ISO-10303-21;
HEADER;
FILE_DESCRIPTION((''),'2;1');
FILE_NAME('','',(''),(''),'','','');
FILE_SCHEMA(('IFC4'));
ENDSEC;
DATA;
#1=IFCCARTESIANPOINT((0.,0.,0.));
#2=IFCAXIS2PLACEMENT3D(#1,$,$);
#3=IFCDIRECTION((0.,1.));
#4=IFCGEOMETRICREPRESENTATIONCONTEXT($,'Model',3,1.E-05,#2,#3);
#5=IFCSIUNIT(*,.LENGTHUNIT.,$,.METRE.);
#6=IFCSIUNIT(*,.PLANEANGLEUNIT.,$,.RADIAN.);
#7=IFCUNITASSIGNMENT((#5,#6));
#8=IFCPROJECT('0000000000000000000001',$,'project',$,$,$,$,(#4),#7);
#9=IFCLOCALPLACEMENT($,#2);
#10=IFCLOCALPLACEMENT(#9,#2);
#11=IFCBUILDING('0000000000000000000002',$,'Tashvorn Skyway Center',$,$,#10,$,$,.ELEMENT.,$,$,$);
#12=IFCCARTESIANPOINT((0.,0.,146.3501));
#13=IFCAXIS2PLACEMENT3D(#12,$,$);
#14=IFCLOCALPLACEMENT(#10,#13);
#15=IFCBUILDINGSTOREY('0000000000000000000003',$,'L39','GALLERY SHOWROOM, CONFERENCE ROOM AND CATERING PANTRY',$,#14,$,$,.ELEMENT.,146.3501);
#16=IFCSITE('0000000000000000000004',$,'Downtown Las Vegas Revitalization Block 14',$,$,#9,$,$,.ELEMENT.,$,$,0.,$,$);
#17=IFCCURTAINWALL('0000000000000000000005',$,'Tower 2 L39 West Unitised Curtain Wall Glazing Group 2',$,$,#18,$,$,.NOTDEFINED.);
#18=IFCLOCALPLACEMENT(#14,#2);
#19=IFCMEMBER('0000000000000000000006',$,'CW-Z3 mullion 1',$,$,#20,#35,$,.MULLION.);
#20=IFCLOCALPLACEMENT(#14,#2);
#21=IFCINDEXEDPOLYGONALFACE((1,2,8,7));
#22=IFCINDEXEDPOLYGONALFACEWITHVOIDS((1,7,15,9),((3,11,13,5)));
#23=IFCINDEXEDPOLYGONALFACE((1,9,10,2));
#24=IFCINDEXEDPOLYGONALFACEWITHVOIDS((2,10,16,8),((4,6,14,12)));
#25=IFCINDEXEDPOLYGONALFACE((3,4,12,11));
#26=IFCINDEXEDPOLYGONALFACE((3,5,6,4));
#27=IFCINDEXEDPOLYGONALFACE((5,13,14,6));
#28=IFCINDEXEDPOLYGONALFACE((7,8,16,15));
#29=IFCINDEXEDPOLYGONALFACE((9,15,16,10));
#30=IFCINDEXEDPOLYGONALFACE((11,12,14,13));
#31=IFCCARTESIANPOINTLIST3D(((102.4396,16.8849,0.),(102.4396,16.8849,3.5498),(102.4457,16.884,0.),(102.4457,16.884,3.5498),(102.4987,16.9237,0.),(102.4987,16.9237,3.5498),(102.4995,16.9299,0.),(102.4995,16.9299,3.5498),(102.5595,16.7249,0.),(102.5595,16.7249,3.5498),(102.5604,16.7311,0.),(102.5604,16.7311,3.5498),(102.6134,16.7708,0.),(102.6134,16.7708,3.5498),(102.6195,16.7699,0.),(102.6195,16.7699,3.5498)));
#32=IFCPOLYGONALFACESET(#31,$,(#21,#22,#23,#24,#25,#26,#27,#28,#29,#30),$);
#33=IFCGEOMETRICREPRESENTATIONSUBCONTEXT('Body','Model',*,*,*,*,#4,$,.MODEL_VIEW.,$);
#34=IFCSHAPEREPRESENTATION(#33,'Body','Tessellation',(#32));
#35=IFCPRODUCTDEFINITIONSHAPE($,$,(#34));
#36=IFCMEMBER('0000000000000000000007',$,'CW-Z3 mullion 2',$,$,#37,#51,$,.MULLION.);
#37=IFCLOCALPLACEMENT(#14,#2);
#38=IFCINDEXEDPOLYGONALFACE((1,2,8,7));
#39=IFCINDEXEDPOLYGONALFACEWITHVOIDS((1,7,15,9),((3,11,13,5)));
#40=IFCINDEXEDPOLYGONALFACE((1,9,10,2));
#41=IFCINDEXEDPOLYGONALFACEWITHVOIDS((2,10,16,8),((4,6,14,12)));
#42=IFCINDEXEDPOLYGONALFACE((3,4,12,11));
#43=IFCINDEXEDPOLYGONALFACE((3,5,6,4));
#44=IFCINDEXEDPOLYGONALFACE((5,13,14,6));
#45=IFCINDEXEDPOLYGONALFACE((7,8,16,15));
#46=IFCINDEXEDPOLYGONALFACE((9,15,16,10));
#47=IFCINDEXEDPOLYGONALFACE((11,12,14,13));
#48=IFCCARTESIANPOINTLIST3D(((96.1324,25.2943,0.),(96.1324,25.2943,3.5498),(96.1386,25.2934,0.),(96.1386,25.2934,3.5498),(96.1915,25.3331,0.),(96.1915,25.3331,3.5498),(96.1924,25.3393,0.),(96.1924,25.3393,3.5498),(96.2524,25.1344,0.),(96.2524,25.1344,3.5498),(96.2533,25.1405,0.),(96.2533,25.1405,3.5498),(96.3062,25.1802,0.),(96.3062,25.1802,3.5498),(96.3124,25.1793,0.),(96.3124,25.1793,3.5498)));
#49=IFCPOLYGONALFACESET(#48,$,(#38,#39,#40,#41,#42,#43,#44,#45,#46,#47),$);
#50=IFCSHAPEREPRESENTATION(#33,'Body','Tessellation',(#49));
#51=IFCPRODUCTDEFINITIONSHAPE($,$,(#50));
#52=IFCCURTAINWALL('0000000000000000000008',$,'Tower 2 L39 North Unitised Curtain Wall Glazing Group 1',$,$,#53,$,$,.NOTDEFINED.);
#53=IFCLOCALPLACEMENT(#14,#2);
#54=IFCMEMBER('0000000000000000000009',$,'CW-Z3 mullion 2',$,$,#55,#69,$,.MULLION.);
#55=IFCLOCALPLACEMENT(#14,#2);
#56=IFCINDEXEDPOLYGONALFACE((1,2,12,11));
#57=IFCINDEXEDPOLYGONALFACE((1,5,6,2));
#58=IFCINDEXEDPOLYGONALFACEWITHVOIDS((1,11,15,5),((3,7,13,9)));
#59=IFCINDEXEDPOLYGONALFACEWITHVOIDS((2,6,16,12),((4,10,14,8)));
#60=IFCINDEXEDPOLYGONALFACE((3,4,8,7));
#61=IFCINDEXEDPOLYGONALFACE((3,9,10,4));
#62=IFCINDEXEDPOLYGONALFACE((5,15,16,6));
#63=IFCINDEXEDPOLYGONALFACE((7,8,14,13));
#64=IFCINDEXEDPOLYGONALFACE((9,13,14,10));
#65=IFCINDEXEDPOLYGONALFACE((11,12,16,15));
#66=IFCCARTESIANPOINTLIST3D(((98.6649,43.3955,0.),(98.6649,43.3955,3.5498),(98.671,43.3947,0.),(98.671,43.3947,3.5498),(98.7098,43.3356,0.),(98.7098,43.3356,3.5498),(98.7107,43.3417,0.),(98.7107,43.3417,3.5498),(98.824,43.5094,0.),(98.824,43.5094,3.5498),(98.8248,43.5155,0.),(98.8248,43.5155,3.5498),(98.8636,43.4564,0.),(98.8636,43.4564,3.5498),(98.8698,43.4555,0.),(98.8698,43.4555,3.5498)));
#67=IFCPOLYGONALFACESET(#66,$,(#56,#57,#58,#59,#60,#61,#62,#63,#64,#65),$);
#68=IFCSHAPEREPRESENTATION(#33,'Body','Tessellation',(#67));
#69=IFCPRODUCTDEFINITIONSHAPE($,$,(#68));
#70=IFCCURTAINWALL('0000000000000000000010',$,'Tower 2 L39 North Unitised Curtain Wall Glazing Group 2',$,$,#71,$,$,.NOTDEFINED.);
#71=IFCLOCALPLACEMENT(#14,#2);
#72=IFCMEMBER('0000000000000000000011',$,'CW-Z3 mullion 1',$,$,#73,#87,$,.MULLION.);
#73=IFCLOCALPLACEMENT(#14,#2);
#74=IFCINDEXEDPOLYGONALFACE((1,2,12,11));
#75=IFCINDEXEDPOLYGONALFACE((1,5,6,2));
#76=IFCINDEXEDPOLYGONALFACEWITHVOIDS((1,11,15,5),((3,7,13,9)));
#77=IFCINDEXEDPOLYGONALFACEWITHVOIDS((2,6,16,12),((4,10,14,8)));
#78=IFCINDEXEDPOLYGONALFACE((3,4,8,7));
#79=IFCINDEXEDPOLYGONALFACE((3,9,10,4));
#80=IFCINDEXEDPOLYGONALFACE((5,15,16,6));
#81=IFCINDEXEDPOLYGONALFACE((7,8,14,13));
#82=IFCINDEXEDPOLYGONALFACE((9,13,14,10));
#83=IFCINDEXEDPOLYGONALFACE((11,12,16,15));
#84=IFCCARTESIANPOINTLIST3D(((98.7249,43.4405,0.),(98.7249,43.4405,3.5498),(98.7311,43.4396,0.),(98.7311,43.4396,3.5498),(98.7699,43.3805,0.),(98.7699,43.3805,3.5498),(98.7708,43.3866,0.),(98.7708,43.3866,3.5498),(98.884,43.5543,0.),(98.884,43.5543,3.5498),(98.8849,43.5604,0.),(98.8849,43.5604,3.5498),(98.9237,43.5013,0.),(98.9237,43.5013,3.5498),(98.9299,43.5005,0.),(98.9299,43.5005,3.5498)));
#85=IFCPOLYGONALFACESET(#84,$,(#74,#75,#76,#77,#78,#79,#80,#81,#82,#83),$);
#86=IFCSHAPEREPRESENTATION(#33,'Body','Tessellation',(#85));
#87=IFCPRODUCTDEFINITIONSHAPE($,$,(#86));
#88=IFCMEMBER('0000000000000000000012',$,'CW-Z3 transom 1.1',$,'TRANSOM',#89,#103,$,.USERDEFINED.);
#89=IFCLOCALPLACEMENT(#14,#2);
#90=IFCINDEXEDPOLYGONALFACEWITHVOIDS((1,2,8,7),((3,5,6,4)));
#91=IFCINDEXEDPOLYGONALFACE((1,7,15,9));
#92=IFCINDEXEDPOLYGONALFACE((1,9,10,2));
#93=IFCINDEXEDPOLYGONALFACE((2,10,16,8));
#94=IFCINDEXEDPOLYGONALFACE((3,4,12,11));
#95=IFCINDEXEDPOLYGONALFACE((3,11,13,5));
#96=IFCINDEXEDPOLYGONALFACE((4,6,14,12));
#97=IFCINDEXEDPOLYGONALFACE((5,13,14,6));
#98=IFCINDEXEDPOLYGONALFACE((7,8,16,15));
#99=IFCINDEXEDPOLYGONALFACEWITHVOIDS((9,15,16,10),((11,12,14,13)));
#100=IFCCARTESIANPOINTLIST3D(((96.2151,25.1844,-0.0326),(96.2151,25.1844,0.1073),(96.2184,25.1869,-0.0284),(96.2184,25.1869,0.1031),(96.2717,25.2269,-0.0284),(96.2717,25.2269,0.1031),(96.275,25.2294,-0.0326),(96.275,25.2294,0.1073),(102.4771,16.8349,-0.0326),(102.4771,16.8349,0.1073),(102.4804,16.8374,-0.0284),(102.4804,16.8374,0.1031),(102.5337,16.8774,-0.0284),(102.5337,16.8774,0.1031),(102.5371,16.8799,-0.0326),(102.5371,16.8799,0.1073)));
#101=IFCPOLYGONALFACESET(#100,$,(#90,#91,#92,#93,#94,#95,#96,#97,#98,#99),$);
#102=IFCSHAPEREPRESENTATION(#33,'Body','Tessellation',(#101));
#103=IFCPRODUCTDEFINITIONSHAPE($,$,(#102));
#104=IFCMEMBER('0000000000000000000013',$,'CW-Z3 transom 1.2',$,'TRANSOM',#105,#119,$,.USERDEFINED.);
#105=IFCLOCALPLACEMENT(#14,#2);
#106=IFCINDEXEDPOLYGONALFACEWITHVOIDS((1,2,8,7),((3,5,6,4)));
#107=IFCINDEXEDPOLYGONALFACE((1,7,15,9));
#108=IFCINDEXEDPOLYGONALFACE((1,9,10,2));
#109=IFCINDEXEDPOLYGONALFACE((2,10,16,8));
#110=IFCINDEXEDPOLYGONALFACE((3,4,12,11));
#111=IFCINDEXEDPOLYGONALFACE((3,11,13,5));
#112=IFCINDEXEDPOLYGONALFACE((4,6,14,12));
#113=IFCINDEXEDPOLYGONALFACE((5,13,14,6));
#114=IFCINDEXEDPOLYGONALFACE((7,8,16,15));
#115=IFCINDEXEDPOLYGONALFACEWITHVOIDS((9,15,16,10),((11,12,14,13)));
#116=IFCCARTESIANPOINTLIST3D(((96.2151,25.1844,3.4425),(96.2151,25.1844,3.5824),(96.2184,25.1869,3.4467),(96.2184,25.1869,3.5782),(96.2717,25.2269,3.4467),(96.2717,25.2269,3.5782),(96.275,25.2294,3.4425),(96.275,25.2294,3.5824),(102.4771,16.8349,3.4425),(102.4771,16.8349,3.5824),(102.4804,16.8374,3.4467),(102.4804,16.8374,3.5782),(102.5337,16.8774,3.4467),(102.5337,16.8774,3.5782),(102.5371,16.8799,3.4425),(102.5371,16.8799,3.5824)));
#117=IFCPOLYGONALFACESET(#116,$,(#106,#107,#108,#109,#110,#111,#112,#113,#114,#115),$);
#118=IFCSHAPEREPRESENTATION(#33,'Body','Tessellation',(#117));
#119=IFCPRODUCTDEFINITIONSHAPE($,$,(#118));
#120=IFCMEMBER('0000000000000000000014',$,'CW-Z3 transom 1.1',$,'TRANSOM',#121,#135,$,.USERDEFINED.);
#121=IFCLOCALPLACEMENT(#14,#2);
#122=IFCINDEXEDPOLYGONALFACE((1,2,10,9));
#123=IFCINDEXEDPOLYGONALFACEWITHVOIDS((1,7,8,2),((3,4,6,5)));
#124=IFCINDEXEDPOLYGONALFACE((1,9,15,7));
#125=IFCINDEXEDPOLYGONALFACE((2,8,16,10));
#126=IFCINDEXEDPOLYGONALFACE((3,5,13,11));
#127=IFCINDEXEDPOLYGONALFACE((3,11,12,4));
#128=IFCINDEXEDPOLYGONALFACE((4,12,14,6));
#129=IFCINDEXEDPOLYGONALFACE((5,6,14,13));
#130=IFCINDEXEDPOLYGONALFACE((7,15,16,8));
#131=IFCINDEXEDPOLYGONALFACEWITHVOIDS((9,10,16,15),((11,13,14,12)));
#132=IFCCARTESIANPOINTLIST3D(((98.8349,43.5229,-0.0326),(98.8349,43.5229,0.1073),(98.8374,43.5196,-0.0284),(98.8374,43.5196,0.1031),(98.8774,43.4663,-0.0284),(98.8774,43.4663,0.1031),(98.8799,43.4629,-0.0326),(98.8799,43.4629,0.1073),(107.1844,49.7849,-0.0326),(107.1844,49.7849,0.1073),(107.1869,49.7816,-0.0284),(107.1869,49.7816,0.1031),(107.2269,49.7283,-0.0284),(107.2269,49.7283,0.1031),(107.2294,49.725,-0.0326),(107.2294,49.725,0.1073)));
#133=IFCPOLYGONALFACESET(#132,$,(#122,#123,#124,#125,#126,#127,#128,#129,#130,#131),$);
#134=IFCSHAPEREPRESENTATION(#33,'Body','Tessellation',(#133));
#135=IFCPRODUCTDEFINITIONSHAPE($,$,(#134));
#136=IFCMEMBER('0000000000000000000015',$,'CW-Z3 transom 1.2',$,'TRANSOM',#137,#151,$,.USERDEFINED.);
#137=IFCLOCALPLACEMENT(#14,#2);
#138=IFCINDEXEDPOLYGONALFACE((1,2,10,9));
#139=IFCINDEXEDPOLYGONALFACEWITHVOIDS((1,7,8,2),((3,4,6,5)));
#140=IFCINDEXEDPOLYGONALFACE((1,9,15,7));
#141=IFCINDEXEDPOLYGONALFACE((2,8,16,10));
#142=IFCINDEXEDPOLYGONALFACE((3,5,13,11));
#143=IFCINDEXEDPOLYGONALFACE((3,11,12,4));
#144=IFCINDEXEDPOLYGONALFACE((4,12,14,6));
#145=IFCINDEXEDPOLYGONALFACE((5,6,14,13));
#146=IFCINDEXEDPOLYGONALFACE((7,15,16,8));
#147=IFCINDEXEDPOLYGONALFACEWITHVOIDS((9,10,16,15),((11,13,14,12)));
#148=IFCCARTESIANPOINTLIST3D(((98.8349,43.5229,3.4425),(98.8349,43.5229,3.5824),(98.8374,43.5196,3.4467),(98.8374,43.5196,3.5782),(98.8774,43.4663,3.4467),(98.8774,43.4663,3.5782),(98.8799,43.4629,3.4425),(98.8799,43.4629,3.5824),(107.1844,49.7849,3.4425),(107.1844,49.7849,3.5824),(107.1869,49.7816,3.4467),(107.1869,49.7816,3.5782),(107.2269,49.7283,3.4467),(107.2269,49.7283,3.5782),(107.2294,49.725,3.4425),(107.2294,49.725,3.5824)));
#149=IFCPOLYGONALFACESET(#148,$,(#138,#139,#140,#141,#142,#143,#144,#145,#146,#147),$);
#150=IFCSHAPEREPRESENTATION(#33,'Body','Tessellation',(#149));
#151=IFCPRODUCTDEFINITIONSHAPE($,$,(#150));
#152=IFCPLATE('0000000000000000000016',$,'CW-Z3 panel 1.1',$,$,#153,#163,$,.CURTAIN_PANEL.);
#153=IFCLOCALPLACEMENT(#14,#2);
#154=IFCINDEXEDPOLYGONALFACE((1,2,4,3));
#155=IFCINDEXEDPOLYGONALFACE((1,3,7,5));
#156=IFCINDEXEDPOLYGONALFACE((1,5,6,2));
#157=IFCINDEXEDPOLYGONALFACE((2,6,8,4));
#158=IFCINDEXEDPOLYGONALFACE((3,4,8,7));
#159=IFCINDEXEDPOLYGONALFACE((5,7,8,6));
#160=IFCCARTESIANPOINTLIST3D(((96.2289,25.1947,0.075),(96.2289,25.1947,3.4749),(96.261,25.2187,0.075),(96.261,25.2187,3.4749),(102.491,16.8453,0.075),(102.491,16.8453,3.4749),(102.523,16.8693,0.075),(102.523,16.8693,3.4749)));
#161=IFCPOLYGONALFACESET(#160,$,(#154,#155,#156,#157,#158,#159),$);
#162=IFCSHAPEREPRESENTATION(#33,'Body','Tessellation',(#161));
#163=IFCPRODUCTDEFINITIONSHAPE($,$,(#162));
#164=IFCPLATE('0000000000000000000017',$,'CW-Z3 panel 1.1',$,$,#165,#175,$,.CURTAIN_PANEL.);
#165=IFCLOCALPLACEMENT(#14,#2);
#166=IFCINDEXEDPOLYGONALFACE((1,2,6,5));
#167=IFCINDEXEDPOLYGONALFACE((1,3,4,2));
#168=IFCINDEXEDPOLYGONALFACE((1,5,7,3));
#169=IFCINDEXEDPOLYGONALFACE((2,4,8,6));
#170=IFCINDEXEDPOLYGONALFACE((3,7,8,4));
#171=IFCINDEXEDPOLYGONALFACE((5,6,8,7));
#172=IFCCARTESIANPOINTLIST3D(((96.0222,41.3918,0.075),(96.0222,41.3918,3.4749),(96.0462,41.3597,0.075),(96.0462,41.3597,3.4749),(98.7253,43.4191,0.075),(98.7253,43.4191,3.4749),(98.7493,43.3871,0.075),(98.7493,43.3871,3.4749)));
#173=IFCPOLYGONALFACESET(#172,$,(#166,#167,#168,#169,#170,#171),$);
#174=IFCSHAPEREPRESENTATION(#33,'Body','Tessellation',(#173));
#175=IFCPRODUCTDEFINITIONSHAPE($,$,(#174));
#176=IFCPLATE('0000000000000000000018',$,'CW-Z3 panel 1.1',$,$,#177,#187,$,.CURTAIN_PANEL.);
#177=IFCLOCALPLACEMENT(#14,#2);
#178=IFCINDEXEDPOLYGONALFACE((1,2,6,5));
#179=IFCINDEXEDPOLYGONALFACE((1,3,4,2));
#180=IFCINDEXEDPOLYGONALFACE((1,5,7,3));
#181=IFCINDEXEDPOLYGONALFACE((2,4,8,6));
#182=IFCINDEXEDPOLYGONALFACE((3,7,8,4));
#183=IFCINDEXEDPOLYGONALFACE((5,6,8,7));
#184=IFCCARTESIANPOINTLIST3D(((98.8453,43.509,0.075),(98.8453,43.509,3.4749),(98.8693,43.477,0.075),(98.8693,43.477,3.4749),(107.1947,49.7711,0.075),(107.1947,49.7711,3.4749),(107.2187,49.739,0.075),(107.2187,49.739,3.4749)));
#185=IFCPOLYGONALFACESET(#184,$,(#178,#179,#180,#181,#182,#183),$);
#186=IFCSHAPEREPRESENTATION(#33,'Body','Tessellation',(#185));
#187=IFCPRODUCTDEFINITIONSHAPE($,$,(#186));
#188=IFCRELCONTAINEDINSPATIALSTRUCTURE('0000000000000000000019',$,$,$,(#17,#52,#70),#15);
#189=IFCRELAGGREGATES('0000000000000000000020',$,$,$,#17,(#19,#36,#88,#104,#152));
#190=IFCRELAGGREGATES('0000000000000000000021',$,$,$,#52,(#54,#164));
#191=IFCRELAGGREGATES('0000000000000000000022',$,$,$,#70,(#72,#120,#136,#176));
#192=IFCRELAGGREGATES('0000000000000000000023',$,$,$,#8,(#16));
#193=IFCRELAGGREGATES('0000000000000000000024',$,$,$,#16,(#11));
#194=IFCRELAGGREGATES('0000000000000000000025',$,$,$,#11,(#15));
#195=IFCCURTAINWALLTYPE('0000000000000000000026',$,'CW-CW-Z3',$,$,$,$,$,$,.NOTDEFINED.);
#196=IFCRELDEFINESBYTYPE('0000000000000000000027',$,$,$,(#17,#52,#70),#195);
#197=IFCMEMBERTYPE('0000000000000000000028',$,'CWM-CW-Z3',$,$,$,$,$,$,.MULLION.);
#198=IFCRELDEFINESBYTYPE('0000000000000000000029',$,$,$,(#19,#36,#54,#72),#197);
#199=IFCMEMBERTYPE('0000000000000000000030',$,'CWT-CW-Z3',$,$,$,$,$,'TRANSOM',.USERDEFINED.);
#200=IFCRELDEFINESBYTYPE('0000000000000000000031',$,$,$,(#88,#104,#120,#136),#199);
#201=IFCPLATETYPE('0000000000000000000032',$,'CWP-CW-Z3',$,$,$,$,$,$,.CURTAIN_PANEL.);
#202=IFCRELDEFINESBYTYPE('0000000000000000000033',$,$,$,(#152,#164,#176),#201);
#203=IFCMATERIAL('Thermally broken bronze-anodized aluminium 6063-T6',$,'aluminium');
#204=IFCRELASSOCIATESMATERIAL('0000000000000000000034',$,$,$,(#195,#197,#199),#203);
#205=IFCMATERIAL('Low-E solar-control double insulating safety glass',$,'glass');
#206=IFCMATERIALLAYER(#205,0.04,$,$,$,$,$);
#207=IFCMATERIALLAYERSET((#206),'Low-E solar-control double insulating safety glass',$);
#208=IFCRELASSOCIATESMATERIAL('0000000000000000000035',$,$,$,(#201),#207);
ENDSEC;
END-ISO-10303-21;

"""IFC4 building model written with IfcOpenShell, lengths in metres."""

from ifc_helpers import new_model, si_unit, direction, frame, origin, origin_2d, place, context, subcontext, project, spatial, rectangle, hollow_rectangle, extrude, material, layer, layer_set, material_profile, profile_set, type_object, element, aggregate, save


model = new_model("IFC4")

# Units and contexts
model_context = context("Model", 3, precision=1e-05, world=origin(), true_north=direction((0.0, 1.0)))
body_context = subcontext(model_context, "Body", "Model", "MODEL_VIEW")
ifc_project = project(units=[si_unit("LENGTHUNIT", "METRE"), si_unit("PLANEANGLEUNIT", "RADIAN")], contexts=[model_context])

# Site, building, storey
site_placement = place(None, origin())
site = spatial("IfcSite", under=ifc_project, at=site_placement, Name="Downtown Las Vegas Revitalization Block 14", CompositionType="ELEMENT", RefElevation=0.0)
building_placement = place(site_placement, origin())
building = spatial("IfcBuilding", under=site, at=building_placement, Name="Tashvorn Skyway Center", CompositionType="ELEMENT")
storey_placement = place(building_placement, frame((0.0, 0.0, 146.3501)))
storey = spatial("IfcBuildingStorey", under=building, at=storey_placement, Name="L39", Description="GALLERY SHOWROOM, CONFERENCE ROOM AND CATERING PANTRY", CompositionType="ELEMENT", Elevation=146.3501)

# Shared definitions
ifc_material_1 = material(Name="Thermally broken bronze-anodized aluminium 6063-T6", Category="aluminium")
curtain_wall_type = type_object("IfcCurtainWallType", Name="CW-CW-Z3", PredefinedType="NOTDEFINED", material=ifc_material_1)
ifc_material_profile_1 = material_profile(ifc_material_1, hollow_rectangle(XDim=0.075, YDim=0.2, WallThickness=0.0044, at=origin_2d()), Name="ALU-MULL-75x200")
ifc_profile_set_1 = profile_set([ifc_material_profile_1], Name="Thermally broken bronze-anodized aluminium 6063-T6")
member_type_1 = type_object("IfcMemberType", Name="CWM-CW-Z3", PredefinedType="MULLION", material=ifc_profile_set_1)

# Curtain wall, members
curtain_wall_1_placement = place(storey_placement, origin())
curtain_wall_1 = element("IfcCurtainWall", 1, at=curtain_wall_1_placement, inside=storey, type_object=curtain_wall_type, Name="Tower 2 L39 West Unitised Curtain Wall Glazing Group 2", PredefinedType="NOTDEFINED")
member_1_placement = place(storey_placement, frame((102.5295, 16.8274, 0.0), z_axis=(0.0, 0.0, 1.0), x_axis=(-0.800002, -0.599997, 0.0)))
member_1 = element("IfcMember", 2, at=member_1_placement, type_object=member_type_1, Name="CW-Z3 mullion 1", PredefinedType="MULLION", context=body_context, shape_type="SweptSolid", body=[
    extrude(hollow_rectangle(XDim=0.075, YDim=0.2, WallThickness=0.0044, at=origin_2d()), origin(), (0.0, 0.0, 1.0), 3.5498),
])
member_2_placement = place(storey_placement, frame((96.2224, 25.2368, 0.0), z_axis=(0.0, 0.0, 1.0), x_axis=(-0.800002, -0.599997, 0.0)))
member_2 = element("IfcMember", 3, at=member_2_placement, type_object=member_type_1, Name="CW-Z3 mullion 2", PredefinedType="MULLION", context=body_context, shape_type="SweptSolid", body=[
    extrude(hollow_rectangle(XDim=0.075, YDim=0.2, WallThickness=0.0044, at=origin_2d()), origin(), (0.0, 0.0, 1.0), 3.5498),
])

# Curtain walls, members
curtain_wall_2_placement = place(storey_placement, origin())
curtain_wall_2 = element("IfcCurtainWall", 4, at=curtain_wall_2_placement, inside=storey, type_object=curtain_wall_type, Name="Tower 2 L39 North Unitised Curtain Wall Glazing Group 1", PredefinedType="NOTDEFINED")
member_3_placement = place(storey_placement, frame((98.7673, 43.4255, 0.0), z_axis=(0.0, 0.0, 1.0), x_axis=(-0.599995, 0.800003, 0.0)))
member_3 = element("IfcMember", 5, at=member_3_placement, type_object=member_type_1, Name="CW-Z3 mullion 2", PredefinedType="MULLION", context=body_context, shape_type="SweptSolid", body=[
    extrude(hollow_rectangle(XDim=0.075, YDim=0.2, WallThickness=0.0044, at=origin_2d()), origin(), (0.0, 0.0, 1.0), 3.5498),
])
curtain_wall_3_placement = place(storey_placement, origin())
curtain_wall_3 = element("IfcCurtainWall", 6, at=curtain_wall_3_placement, inside=storey, type_object=curtain_wall_type, Name="Tower 2 L39 North Unitised Curtain Wall Glazing Group 2", PredefinedType="NOTDEFINED")
member_4_placement = place(storey_placement, frame((98.8274, 43.4705, 0.0), z_axis=(0.0, 0.0, 1.0), x_axis=(-0.599997, 0.800002, 0.0)))
member_4 = element("IfcMember", 7, at=member_4_placement, type_object=member_type_1, Name="CW-Z3 mullion 1", PredefinedType="MULLION", context=body_context, shape_type="SweptSolid", body=[
    extrude(hollow_rectangle(XDim=0.075, YDim=0.2, WallThickness=0.0044, at=origin_2d()), origin(), (0.0, 0.0, 1.0), 3.5498),
])

# Members
ifc_material_profile_2 = material_profile(ifc_material_1, hollow_rectangle(XDim=0.075, YDim=0.1399, WallThickness=0.0042, at=origin_2d()), Name="ALU-TRAN-75x140")
ifc_profile_set_2 = profile_set([ifc_material_profile_2], Name="Thermally broken bronze-anodized aluminium 6063-T6")
member_type_2 = type_object("IfcMemberType", Name="CWT-CW-Z3", ElementType="TRANSOM", PredefinedType="USERDEFINED", material=ifc_profile_set_2)
member_5_placement = place(storey_placement, frame((102.5071, 16.8574, 0.0374), z_axis=(-0.599996, 0.800003, 0.0), x_axis=(-0.800003, -0.599996, 0.0)))
member_5 = element("IfcMember", 8, at=member_5_placement, type_object=member_type_2, Name="CW-Z3 transom 1.1", ObjectType="TRANSOM", PredefinedType="USERDEFINED", context=body_context, shape_type="SweptSolid", body=[
    extrude(hollow_rectangle(XDim=0.075, YDim=0.1399, WallThickness=0.0042, at=origin_2d()), origin(), (0.0, 0.0, 1.0), 10.4368),
])
member_6_placement = place(storey_placement, frame((102.5071, 16.8574, 3.5125), z_axis=(-0.599996, 0.800003, 0.0), x_axis=(-0.800003, -0.599996, 0.0)))
member_6 = element("IfcMember", 9, at=member_6_placement, type_object=member_type_2, Name="CW-Z3 transom 1.2", ObjectType="TRANSOM", PredefinedType="USERDEFINED", context=body_context, shape_type="SweptSolid", body=[
    extrude(hollow_rectangle(XDim=0.075, YDim=0.1399, WallThickness=0.0042, at=origin_2d()), origin(), (0.0, 0.0, 1.0), 10.4368),
])
member_7_placement = place(storey_placement, frame((98.8574, 43.4929, 0.0374), z_axis=(0.800003, 0.599996, 0.0), x_axis=(-0.599996, 0.800003, 0.0)))
member_7 = element("IfcMember", 10, at=member_7_placement, type_object=member_type_2, Name="CW-Z3 transom 1.1", ObjectType="TRANSOM", PredefinedType="USERDEFINED", context=body_context, shape_type="SweptSolid", body=[
    extrude(hollow_rectangle(XDim=0.075, YDim=0.1399, WallThickness=0.0042, at=origin_2d()), origin(), (0.0, 0.0, 1.0), 10.4368),
])
member_8_placement = place(storey_placement, frame((98.8574, 43.4929, 3.5125), z_axis=(0.800003, 0.599996, 0.0), x_axis=(-0.599996, 0.800003, 0.0)))
member_8 = element("IfcMember", 11, at=member_8_placement, type_object=member_type_2, Name="CW-Z3 transom 1.2", ObjectType="TRANSOM", PredefinedType="USERDEFINED", context=body_context, shape_type="SweptSolid", body=[
    extrude(hollow_rectangle(XDim=0.075, YDim=0.1399, WallThickness=0.0042, at=origin_2d()), origin(), (0.0, 0.0, 1.0), 10.4368),
])

# Plates
ifc_material_2 = material(Name="Low-E solar-control double insulating safety glass", Category="glass")
ifc_layer_1 = layer(ifc_material_2, 0.04)
ifc_layer_set_1 = layer_set([ifc_layer_1], Name="Low-E solar-control double insulating safety glass")
plate_type = type_object("IfcPlateType", Name="CWP-CW-Z3", PredefinedType="CURTAIN_PANEL", material=ifc_layer_set_1)
plate_1_placement = place(storey_placement, frame((99.376, 21.032, 0.075), z_axis=(0.0, 0.0, 1.0), x_axis=(-0.599997, 0.800002, 0.0)))
plate_1 = element("IfcPlate", 12, at=plate_1_placement, type_object=plate_type, Name="CW-Z3 panel 1.1", PredefinedType="CURTAIN_PANEL", context=body_context, shape_type="SweptSolid", body=[
    extrude(rectangle(XDim=10.4368, YDim=0.04, at=origin_2d()), origin(), (0.0, 0.0, 1.0), 3.3999),
])
aggregate(curtain_wall_1, [member_1, member_2, member_5, member_6, plate_1])
plate_2_placement = place(storey_placement, frame((97.3857, 42.3894, 0.075), z_axis=(0.0, 0.0, 1.0), x_axis=(0.800003, 0.599995, 0.0)))
plate_2 = element("IfcPlate", 13, at=plate_2_placement, type_object=plate_type, Name="CW-Z3 panel 1.1", PredefinedType="CURTAIN_PANEL", context=body_context, shape_type="SweptSolid", body=[
    extrude(rectangle(XDim=3.3789, YDim=0.04, at=origin_2d()), origin(), (0.0, 0.0, 1.0), 3.3999),
])
aggregate(curtain_wall_2, [member_3, plate_2])
plate_3_placement = place(storey_placement, frame((103.032, 46.624, 0.075), z_axis=(0.0, 0.0, 1.0), x_axis=(0.800002, 0.599997, 0.0)))
plate_3 = element("IfcPlate", 14, at=plate_3_placement, type_object=plate_type, Name="CW-Z3 panel 1.1", PredefinedType="CURTAIN_PANEL", context=body_context, shape_type="SweptSolid", body=[
    extrude(rectangle(XDim=10.4368, YDim=0.04, at=origin_2d()), origin(), (0.0, 0.0, 1.0), 3.3999),
])
aggregate(curtain_wall_3, [member_4, member_7, member_8, plate_3])

save(model, "model.ifc")
